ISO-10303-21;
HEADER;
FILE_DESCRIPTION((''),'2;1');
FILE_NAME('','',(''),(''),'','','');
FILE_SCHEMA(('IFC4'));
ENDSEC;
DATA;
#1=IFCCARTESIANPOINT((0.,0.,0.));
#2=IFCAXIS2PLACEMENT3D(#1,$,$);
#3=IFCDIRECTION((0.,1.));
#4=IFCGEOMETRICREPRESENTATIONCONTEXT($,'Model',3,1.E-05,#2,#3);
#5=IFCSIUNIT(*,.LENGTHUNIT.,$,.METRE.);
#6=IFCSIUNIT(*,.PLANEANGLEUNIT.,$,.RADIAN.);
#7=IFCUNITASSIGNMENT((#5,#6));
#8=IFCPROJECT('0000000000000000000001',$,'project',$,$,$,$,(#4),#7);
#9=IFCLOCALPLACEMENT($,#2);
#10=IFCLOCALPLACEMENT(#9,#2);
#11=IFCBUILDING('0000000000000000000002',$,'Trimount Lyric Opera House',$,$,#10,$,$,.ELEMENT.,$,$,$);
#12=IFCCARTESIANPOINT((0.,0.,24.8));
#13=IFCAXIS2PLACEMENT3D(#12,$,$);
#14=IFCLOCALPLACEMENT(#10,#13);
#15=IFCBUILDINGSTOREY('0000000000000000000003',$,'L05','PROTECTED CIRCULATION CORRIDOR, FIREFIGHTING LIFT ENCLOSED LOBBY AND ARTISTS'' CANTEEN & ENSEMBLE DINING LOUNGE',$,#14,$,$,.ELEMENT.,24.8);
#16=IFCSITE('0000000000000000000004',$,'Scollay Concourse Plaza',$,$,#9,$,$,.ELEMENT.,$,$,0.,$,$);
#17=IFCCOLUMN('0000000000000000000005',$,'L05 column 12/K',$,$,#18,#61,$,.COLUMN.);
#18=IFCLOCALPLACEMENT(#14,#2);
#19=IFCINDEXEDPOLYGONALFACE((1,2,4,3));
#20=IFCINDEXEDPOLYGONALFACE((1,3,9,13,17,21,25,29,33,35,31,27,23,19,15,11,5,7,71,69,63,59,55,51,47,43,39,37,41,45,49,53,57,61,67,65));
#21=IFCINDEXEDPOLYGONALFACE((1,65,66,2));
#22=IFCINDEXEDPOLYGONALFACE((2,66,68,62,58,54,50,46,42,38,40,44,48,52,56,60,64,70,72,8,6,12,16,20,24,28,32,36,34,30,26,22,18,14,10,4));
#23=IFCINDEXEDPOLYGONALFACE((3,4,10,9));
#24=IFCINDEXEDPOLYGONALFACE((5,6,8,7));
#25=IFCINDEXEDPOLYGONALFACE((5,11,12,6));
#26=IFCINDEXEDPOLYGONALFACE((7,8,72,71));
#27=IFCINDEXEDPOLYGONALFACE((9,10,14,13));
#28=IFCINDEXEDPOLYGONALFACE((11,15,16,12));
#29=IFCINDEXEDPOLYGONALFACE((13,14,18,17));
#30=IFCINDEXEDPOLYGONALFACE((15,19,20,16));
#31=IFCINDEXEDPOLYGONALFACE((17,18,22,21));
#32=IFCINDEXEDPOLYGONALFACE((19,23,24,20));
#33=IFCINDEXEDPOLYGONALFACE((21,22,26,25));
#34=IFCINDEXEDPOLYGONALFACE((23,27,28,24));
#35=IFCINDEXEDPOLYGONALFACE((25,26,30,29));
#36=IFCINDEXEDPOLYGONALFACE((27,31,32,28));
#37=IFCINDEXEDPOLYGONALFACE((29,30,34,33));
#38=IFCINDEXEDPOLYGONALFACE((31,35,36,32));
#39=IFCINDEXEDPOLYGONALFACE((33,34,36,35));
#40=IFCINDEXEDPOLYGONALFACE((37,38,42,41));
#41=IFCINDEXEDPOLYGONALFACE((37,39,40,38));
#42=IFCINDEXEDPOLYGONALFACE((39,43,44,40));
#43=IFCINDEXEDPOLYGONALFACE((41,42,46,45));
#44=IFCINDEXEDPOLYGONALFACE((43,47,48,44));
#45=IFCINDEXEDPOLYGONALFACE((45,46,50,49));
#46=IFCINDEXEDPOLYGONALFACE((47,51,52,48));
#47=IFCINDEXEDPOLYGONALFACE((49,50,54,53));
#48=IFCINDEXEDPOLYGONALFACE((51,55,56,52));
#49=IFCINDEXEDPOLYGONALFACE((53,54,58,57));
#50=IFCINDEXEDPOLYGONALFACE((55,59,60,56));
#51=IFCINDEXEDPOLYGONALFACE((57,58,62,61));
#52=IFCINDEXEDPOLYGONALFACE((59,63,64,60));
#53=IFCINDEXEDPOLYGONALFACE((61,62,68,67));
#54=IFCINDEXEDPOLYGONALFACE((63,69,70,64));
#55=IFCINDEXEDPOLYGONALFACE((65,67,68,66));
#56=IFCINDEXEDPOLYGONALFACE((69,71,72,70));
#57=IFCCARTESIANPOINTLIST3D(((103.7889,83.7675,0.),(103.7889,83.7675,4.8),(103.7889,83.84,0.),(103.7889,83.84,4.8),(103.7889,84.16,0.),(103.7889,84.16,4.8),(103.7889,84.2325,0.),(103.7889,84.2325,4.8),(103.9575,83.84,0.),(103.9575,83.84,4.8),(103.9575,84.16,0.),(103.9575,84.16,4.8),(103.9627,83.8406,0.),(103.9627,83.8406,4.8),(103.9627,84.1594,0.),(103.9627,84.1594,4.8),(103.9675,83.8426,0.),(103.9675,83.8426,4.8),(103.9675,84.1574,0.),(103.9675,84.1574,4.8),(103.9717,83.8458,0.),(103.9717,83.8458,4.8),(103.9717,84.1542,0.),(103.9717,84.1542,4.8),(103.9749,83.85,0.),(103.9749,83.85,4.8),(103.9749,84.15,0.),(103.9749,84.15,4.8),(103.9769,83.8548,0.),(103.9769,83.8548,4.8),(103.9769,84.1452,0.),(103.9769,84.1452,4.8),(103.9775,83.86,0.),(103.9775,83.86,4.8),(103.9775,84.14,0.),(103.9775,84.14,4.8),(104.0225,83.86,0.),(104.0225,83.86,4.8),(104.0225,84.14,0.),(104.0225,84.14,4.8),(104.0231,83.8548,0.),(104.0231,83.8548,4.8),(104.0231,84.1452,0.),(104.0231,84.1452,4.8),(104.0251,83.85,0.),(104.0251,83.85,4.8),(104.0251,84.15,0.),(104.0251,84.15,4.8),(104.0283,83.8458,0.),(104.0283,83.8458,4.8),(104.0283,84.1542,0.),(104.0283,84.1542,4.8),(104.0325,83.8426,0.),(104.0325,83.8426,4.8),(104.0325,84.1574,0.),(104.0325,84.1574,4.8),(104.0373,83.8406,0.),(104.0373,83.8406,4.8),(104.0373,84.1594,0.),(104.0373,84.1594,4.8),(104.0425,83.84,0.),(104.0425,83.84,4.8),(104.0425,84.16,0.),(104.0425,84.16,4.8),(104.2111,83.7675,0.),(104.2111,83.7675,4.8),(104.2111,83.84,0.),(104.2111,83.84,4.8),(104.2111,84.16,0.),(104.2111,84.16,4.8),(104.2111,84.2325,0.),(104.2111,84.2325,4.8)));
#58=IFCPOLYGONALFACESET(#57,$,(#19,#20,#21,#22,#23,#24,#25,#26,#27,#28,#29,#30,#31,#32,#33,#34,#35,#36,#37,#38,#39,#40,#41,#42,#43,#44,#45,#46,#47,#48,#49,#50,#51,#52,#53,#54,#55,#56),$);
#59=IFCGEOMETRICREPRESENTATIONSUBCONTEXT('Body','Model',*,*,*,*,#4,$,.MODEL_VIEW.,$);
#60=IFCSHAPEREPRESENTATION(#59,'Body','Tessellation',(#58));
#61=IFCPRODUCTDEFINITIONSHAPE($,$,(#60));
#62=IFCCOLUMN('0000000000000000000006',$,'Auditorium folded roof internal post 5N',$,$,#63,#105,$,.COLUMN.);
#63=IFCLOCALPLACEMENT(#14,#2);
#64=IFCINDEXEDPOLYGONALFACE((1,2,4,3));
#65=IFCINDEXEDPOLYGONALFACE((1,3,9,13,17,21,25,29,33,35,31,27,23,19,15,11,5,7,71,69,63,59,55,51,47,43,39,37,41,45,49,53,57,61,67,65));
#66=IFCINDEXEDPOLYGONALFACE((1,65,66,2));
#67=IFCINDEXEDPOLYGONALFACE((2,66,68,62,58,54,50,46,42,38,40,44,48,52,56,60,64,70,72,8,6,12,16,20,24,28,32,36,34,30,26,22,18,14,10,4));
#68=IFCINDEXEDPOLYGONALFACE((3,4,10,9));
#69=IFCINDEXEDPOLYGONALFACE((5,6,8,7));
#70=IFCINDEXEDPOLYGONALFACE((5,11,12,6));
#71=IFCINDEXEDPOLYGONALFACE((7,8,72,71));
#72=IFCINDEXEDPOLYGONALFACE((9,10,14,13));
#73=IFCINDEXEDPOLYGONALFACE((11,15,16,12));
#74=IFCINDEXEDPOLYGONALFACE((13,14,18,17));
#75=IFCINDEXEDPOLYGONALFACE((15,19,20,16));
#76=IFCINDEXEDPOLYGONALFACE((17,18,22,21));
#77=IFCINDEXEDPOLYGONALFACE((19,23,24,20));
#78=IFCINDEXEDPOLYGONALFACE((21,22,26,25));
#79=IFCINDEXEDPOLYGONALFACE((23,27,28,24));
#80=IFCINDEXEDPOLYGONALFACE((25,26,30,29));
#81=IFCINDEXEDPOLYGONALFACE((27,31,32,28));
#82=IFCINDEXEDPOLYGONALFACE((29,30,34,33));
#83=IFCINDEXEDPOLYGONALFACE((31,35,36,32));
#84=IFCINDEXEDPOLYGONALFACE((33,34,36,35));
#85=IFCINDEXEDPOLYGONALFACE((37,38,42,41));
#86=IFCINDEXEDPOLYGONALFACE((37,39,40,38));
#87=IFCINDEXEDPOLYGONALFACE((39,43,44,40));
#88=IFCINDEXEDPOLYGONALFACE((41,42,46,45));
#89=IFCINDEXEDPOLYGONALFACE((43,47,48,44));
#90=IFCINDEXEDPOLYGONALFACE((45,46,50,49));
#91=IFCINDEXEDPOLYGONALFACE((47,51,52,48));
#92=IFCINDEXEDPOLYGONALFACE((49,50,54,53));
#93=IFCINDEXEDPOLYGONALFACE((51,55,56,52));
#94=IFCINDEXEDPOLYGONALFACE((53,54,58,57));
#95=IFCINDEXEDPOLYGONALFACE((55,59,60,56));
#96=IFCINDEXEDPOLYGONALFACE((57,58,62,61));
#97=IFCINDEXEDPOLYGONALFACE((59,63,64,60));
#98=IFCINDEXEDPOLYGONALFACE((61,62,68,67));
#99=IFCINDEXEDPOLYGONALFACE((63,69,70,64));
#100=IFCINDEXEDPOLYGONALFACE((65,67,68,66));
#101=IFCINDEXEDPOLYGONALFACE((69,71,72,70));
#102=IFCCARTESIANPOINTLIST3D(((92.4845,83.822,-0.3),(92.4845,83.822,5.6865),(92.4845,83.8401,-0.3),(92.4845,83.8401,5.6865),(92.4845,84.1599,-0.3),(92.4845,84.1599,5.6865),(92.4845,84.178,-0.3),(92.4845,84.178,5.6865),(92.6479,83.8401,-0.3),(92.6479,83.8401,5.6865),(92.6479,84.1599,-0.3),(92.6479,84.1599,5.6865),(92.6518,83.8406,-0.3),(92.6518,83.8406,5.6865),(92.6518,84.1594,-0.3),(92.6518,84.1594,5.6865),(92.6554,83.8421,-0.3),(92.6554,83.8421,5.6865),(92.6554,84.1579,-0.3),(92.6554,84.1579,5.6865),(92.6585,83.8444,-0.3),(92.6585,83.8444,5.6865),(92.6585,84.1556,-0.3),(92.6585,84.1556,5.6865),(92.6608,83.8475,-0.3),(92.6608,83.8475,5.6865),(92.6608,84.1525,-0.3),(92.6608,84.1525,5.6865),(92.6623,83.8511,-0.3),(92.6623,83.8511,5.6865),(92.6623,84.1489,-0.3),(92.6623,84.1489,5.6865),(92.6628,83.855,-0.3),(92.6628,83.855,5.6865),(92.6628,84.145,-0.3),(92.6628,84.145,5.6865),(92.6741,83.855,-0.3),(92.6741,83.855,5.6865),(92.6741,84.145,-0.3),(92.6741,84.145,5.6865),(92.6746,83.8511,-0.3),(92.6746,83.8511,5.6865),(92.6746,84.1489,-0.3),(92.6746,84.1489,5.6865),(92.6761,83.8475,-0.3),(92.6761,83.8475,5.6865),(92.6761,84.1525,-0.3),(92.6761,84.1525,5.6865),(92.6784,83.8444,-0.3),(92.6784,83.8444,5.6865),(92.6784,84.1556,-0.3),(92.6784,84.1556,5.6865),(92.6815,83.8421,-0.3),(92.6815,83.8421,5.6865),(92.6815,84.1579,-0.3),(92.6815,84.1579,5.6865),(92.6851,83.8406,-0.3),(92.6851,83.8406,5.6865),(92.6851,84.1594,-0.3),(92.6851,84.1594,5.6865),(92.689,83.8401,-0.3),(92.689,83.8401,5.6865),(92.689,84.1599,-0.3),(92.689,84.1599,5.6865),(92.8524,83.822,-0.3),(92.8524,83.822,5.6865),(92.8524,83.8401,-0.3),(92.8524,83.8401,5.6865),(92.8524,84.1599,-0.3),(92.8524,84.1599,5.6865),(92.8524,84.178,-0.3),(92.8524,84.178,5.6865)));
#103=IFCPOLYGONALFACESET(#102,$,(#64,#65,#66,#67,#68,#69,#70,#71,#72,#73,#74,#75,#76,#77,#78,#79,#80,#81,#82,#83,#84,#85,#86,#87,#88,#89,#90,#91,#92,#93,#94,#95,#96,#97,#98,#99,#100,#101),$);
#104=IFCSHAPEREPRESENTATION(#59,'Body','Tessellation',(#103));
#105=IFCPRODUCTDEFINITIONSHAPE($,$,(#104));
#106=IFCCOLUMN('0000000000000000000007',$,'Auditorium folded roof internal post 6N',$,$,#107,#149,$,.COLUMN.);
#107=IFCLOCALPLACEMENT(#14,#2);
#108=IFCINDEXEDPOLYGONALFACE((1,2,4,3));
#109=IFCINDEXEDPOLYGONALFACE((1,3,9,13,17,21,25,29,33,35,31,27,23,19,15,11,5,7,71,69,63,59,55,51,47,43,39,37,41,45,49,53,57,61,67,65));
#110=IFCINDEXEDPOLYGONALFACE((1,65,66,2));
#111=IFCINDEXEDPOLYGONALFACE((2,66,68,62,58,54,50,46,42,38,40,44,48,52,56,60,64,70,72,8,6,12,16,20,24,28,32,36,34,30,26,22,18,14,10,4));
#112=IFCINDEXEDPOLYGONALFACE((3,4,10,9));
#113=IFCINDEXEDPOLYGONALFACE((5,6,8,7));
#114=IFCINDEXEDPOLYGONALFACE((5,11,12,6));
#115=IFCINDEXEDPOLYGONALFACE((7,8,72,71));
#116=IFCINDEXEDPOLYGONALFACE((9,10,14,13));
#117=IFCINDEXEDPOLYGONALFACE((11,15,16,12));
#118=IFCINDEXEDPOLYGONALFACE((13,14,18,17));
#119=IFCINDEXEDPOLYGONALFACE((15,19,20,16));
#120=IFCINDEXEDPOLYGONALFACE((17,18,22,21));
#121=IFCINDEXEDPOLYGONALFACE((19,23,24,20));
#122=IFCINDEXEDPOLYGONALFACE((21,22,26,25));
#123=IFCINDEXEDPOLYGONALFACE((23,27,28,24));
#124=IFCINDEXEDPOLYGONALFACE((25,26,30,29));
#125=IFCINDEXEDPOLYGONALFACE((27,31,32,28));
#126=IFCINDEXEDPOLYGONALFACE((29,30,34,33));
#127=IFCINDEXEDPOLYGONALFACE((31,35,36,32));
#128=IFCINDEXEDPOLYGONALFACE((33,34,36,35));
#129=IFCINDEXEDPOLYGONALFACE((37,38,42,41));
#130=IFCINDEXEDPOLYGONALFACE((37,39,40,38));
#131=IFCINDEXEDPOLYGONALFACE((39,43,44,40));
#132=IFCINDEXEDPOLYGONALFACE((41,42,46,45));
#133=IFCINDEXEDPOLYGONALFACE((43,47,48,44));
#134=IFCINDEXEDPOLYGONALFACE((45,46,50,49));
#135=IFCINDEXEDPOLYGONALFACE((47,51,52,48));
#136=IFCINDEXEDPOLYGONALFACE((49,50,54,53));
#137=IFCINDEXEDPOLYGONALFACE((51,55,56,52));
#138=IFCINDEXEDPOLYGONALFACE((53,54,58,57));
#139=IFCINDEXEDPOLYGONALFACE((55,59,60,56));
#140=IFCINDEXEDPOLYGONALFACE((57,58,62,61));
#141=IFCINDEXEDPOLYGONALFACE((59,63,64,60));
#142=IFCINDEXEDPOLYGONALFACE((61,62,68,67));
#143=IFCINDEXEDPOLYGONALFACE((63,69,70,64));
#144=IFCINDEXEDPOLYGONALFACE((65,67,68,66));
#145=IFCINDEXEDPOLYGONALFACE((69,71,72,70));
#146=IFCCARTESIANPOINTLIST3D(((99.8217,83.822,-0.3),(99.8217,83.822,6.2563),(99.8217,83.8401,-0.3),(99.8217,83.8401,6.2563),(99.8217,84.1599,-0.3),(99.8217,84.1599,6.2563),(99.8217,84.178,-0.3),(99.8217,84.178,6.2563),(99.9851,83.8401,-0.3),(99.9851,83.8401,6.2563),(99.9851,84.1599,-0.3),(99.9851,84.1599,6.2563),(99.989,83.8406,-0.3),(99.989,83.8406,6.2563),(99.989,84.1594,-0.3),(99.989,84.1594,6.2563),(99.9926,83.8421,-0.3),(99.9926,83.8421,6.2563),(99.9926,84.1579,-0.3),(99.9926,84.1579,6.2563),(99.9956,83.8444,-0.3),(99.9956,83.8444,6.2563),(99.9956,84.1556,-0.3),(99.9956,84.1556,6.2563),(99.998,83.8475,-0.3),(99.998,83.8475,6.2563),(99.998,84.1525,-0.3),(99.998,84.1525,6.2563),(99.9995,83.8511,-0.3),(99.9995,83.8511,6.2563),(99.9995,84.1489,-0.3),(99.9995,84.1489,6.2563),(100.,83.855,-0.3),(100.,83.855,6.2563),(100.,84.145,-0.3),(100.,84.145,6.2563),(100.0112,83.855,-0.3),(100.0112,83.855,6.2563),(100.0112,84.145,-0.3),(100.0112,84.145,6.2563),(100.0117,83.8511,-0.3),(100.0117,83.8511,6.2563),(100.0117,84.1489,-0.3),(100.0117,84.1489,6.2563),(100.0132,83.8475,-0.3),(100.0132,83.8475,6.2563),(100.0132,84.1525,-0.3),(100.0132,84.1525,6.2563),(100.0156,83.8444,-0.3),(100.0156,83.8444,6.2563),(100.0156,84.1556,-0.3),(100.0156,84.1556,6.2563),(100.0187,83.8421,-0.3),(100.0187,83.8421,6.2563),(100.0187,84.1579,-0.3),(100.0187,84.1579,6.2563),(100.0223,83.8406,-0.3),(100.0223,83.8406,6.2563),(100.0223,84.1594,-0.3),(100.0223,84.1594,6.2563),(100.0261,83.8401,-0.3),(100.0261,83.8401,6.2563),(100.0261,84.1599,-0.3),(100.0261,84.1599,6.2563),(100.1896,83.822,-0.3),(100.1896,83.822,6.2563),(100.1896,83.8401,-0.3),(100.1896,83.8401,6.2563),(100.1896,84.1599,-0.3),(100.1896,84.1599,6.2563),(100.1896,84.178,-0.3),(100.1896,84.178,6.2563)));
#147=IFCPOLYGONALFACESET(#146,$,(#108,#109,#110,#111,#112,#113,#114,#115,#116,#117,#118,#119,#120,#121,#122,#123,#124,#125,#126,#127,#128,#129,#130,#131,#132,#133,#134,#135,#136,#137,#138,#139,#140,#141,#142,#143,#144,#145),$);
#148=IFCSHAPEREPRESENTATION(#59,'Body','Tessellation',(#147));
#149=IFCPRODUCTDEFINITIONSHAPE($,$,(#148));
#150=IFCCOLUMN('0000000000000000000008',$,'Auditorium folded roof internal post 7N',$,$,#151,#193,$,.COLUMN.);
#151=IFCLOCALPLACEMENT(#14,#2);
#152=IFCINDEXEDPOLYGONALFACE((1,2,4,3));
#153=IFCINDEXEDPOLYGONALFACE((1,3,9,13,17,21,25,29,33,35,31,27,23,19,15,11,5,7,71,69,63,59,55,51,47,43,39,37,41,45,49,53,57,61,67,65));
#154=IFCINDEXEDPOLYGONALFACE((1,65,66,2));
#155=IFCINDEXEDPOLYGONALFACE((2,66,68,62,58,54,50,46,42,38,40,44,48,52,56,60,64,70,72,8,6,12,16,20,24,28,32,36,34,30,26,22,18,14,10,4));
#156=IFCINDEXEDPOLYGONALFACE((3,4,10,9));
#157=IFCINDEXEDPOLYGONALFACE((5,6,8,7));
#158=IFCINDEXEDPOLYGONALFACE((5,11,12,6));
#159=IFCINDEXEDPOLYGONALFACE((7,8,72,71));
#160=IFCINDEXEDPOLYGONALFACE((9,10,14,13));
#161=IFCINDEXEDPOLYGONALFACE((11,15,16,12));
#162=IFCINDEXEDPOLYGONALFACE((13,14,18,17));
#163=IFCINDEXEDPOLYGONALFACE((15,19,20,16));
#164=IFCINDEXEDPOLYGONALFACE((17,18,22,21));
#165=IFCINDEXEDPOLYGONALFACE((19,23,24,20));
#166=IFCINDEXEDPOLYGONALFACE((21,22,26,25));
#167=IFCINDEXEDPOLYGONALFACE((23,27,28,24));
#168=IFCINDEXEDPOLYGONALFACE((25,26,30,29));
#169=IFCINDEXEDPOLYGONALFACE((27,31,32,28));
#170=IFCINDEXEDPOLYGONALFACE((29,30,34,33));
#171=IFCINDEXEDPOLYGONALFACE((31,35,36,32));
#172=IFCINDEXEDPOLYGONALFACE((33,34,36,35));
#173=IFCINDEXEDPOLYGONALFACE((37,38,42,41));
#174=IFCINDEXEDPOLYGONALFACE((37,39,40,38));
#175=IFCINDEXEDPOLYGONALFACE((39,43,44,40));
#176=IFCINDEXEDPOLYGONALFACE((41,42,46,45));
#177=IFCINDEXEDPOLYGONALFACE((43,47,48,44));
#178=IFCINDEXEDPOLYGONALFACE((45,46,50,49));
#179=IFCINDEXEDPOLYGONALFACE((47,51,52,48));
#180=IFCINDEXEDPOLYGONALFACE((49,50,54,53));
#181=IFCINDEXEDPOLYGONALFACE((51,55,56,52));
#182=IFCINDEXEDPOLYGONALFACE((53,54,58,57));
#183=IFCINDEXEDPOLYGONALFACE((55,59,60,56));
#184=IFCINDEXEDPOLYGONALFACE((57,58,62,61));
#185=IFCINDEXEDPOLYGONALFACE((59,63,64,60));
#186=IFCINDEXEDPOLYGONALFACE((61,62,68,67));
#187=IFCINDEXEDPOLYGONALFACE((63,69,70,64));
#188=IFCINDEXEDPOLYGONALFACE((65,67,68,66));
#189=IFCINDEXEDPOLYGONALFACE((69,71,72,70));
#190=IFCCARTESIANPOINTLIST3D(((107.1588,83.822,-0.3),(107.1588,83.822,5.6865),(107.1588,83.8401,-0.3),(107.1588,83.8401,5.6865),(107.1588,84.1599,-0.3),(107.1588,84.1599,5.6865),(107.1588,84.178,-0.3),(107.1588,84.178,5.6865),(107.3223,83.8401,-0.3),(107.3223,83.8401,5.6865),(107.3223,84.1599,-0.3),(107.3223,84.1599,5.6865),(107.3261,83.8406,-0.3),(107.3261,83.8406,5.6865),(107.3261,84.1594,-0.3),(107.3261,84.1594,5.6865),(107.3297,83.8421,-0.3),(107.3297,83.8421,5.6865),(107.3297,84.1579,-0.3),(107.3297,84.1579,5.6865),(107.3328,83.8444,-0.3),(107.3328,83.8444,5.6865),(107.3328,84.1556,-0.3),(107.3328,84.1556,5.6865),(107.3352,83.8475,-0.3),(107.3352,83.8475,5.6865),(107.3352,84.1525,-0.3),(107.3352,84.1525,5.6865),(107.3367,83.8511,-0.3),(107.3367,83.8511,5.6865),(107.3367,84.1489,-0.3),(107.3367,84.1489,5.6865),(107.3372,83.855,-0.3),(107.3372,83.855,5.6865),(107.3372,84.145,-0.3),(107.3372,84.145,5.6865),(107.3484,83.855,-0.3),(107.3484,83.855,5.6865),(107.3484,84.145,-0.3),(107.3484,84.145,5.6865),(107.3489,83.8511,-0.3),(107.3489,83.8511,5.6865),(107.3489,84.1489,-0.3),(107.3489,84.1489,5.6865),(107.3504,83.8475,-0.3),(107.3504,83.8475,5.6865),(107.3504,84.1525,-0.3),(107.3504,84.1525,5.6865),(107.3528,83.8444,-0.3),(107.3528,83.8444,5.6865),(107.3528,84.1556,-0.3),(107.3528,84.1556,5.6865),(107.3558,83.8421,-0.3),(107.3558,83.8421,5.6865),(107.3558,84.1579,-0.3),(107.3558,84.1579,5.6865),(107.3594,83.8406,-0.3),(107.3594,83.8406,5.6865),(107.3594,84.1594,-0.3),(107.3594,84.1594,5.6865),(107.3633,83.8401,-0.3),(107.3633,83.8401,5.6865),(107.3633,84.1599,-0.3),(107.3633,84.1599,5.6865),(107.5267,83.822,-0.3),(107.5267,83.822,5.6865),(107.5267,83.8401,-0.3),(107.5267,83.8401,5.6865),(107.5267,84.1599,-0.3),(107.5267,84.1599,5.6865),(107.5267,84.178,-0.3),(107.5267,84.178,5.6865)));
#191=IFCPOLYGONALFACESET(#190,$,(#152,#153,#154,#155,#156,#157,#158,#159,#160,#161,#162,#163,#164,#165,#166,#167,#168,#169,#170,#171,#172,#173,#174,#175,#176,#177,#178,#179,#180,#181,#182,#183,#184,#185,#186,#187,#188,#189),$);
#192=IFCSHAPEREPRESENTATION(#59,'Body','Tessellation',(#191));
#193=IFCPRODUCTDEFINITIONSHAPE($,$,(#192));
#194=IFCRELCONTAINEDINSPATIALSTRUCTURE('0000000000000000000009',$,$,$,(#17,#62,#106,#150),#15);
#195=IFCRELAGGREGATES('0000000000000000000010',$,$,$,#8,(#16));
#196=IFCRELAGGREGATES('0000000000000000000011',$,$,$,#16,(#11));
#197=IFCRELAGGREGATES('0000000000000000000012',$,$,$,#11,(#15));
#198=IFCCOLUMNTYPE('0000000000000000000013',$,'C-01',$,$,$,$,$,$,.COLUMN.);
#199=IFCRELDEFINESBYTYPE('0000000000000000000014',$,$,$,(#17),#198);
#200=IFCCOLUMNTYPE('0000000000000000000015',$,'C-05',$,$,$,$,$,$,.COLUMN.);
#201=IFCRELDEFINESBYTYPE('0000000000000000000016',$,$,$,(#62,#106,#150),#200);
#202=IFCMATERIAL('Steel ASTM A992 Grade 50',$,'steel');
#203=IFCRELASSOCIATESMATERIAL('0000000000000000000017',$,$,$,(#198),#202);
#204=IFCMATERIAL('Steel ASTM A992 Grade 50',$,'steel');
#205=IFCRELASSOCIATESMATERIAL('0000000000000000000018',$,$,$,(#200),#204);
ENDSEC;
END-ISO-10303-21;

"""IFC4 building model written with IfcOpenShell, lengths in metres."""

from ifc_helpers import new_model, si_unit, direction, frame, origin, origin_2d, place, context, subcontext, project, spatial, i_section, extrude, material, material_profile, profile_set, type_object, element, save


model = new_model("IFC4")

# Units and contexts
model_context = context("Model", 3, precision=1e-05, world=origin(), true_north=direction((0.0, 1.0)))
body_context = subcontext(model_context, "Body", "Model", "MODEL_VIEW")
ifc_project = project(units=[si_unit("LENGTHUNIT", "METRE"), si_unit("PLANEANGLEUNIT", "RADIAN")], contexts=[model_context])

# Site, building, storey
site_placement = place(None, origin())
site = spatial("IfcSite", under=ifc_project, at=site_placement, Name="Scollay Concourse Plaza", CompositionType="ELEMENT", RefElevation=0.0)
building_placement = place(site_placement, origin())
building = spatial("IfcBuilding", under=site, at=building_placement, Name="Trimount Lyric Opera House", CompositionType="ELEMENT")
storey_placement = place(building_placement, frame((0.0, 0.0, 24.8)))
storey = spatial("IfcBuildingStorey", under=building, at=storey_placement, Name="L05", Description="PROTECTED CIRCULATION CORRIDOR, FIREFIGHTING LIFT ENCLOSED LOBBY AND ARTISTS' CANTEEN & ENSEMBLE DINING LOUNGE", CompositionType="ELEMENT", Elevation=24.8)

# Columns
ifc_material_1 = material(Name="Steel ASTM A992 Grade 50", Category="steel")
ifc_material_profile_1 = material_profile(ifc_material_1, i_section(OverallWidth=0.4221, OverallDepth=0.4651, WebThickness=0.0449, FlangeThickness=0.0725, FilletRadius=0.02, at=origin_2d()), Name="W14X398")
ifc_profile_set_1 = profile_set([ifc_material_profile_1], Name="Steel ASTM A992 Grade 50")
column_type_1 = type_object("IfcColumnType", Name="C-01", PredefinedType="COLUMN", material=ifc_profile_set_1)
column_1_placement = place(storey_placement, frame((104.0, 84.0, 0.0), z_axis=(0.0, 0.0, 1.0), x_axis=(1.0, 0.0, 0.0)))
element("IfcColumn", 1, at=column_1_placement, inside=storey, type_object=column_type_1, Name="L05 column 12/K", PredefinedType="COLUMN", context=body_context, shape_type="SweptSolid", body=[
    extrude(i_section(OverallWidth=0.4221, OverallDepth=0.4651, WebThickness=0.0449, FlangeThickness=0.0725, FilletRadius=0.02, at=origin_2d()), origin(), (0.0, 0.0, 1.0), 4.8),
])
ifc_material_2 = material(Name="Steel ASTM A992 Grade 50", Category="steel")
ifc_material_profile_2 = material_profile(ifc_material_2, i_section(OverallWidth=0.3679, OverallDepth=0.356, WebThickness=0.0112, FlangeThickness=0.0181, FilletRadius=0.0149, at=origin_2d()), Name="W14X90")
ifc_profile_set_2 = profile_set([ifc_material_profile_2], Name="Steel ASTM A992 Grade 50")
column_type_2 = type_object("IfcColumnType", Name="C-05", PredefinedType="COLUMN", material=ifc_profile_set_2)
column_2_placement = place(storey_placement, frame((92.6685, 84.0, -0.3), z_axis=(0.0, 0.0, 1.0), x_axis=(1.0, 0.0, 0.0)))
element("IfcColumn", 2, at=column_2_placement, inside=storey, type_object=column_type_2, Name="Auditorium folded roof internal post 5N", PredefinedType="COLUMN", context=body_context, shape_type="SweptSolid", body=[
    extrude(i_section(OverallWidth=0.3679, OverallDepth=0.356, WebThickness=0.0112, FlangeThickness=0.0181, FilletRadius=0.0149, at=origin_2d()), origin(), (0.0, 0.0, 1.0), 5.9866),
])
column_3_placement = place(storey_placement, frame((100.0056, 84.0, -0.3), z_axis=(0.0, 0.0, 1.0), x_axis=(1.0, 0.0, 0.0)))
element("IfcColumn", 3, at=column_3_placement, inside=storey, type_object=column_type_2, Name="Auditorium folded roof internal post 6N", PredefinedType="COLUMN", context=body_context, shape_type="SweptSolid", body=[
    extrude(i_section(OverallWidth=0.3679, OverallDepth=0.356, WebThickness=0.0112, FlangeThickness=0.0181, FilletRadius=0.0149, at=origin_2d()), origin(), (0.0, 0.0, 1.0), 6.5564),
])
column_4_placement = place(storey_placement, frame((107.3428, 84.0, -0.3), z_axis=(0.0, 0.0, 1.0), x_axis=(1.0, 0.0, 0.0)))
element("IfcColumn", 4, at=column_4_placement, inside=storey, type_object=column_type_2, Name="Auditorium folded roof internal post 7N", PredefinedType="COLUMN", context=body_context, shape_type="SweptSolid", body=[
    extrude(i_section(OverallWidth=0.3679, OverallDepth=0.356, WebThickness=0.0112, FlangeThickness=0.0181, FilletRadius=0.0149, at=origin_2d()), origin(), (0.0, 0.0, 1.0), 5.9866),
])

save(model, "model.ifc")
